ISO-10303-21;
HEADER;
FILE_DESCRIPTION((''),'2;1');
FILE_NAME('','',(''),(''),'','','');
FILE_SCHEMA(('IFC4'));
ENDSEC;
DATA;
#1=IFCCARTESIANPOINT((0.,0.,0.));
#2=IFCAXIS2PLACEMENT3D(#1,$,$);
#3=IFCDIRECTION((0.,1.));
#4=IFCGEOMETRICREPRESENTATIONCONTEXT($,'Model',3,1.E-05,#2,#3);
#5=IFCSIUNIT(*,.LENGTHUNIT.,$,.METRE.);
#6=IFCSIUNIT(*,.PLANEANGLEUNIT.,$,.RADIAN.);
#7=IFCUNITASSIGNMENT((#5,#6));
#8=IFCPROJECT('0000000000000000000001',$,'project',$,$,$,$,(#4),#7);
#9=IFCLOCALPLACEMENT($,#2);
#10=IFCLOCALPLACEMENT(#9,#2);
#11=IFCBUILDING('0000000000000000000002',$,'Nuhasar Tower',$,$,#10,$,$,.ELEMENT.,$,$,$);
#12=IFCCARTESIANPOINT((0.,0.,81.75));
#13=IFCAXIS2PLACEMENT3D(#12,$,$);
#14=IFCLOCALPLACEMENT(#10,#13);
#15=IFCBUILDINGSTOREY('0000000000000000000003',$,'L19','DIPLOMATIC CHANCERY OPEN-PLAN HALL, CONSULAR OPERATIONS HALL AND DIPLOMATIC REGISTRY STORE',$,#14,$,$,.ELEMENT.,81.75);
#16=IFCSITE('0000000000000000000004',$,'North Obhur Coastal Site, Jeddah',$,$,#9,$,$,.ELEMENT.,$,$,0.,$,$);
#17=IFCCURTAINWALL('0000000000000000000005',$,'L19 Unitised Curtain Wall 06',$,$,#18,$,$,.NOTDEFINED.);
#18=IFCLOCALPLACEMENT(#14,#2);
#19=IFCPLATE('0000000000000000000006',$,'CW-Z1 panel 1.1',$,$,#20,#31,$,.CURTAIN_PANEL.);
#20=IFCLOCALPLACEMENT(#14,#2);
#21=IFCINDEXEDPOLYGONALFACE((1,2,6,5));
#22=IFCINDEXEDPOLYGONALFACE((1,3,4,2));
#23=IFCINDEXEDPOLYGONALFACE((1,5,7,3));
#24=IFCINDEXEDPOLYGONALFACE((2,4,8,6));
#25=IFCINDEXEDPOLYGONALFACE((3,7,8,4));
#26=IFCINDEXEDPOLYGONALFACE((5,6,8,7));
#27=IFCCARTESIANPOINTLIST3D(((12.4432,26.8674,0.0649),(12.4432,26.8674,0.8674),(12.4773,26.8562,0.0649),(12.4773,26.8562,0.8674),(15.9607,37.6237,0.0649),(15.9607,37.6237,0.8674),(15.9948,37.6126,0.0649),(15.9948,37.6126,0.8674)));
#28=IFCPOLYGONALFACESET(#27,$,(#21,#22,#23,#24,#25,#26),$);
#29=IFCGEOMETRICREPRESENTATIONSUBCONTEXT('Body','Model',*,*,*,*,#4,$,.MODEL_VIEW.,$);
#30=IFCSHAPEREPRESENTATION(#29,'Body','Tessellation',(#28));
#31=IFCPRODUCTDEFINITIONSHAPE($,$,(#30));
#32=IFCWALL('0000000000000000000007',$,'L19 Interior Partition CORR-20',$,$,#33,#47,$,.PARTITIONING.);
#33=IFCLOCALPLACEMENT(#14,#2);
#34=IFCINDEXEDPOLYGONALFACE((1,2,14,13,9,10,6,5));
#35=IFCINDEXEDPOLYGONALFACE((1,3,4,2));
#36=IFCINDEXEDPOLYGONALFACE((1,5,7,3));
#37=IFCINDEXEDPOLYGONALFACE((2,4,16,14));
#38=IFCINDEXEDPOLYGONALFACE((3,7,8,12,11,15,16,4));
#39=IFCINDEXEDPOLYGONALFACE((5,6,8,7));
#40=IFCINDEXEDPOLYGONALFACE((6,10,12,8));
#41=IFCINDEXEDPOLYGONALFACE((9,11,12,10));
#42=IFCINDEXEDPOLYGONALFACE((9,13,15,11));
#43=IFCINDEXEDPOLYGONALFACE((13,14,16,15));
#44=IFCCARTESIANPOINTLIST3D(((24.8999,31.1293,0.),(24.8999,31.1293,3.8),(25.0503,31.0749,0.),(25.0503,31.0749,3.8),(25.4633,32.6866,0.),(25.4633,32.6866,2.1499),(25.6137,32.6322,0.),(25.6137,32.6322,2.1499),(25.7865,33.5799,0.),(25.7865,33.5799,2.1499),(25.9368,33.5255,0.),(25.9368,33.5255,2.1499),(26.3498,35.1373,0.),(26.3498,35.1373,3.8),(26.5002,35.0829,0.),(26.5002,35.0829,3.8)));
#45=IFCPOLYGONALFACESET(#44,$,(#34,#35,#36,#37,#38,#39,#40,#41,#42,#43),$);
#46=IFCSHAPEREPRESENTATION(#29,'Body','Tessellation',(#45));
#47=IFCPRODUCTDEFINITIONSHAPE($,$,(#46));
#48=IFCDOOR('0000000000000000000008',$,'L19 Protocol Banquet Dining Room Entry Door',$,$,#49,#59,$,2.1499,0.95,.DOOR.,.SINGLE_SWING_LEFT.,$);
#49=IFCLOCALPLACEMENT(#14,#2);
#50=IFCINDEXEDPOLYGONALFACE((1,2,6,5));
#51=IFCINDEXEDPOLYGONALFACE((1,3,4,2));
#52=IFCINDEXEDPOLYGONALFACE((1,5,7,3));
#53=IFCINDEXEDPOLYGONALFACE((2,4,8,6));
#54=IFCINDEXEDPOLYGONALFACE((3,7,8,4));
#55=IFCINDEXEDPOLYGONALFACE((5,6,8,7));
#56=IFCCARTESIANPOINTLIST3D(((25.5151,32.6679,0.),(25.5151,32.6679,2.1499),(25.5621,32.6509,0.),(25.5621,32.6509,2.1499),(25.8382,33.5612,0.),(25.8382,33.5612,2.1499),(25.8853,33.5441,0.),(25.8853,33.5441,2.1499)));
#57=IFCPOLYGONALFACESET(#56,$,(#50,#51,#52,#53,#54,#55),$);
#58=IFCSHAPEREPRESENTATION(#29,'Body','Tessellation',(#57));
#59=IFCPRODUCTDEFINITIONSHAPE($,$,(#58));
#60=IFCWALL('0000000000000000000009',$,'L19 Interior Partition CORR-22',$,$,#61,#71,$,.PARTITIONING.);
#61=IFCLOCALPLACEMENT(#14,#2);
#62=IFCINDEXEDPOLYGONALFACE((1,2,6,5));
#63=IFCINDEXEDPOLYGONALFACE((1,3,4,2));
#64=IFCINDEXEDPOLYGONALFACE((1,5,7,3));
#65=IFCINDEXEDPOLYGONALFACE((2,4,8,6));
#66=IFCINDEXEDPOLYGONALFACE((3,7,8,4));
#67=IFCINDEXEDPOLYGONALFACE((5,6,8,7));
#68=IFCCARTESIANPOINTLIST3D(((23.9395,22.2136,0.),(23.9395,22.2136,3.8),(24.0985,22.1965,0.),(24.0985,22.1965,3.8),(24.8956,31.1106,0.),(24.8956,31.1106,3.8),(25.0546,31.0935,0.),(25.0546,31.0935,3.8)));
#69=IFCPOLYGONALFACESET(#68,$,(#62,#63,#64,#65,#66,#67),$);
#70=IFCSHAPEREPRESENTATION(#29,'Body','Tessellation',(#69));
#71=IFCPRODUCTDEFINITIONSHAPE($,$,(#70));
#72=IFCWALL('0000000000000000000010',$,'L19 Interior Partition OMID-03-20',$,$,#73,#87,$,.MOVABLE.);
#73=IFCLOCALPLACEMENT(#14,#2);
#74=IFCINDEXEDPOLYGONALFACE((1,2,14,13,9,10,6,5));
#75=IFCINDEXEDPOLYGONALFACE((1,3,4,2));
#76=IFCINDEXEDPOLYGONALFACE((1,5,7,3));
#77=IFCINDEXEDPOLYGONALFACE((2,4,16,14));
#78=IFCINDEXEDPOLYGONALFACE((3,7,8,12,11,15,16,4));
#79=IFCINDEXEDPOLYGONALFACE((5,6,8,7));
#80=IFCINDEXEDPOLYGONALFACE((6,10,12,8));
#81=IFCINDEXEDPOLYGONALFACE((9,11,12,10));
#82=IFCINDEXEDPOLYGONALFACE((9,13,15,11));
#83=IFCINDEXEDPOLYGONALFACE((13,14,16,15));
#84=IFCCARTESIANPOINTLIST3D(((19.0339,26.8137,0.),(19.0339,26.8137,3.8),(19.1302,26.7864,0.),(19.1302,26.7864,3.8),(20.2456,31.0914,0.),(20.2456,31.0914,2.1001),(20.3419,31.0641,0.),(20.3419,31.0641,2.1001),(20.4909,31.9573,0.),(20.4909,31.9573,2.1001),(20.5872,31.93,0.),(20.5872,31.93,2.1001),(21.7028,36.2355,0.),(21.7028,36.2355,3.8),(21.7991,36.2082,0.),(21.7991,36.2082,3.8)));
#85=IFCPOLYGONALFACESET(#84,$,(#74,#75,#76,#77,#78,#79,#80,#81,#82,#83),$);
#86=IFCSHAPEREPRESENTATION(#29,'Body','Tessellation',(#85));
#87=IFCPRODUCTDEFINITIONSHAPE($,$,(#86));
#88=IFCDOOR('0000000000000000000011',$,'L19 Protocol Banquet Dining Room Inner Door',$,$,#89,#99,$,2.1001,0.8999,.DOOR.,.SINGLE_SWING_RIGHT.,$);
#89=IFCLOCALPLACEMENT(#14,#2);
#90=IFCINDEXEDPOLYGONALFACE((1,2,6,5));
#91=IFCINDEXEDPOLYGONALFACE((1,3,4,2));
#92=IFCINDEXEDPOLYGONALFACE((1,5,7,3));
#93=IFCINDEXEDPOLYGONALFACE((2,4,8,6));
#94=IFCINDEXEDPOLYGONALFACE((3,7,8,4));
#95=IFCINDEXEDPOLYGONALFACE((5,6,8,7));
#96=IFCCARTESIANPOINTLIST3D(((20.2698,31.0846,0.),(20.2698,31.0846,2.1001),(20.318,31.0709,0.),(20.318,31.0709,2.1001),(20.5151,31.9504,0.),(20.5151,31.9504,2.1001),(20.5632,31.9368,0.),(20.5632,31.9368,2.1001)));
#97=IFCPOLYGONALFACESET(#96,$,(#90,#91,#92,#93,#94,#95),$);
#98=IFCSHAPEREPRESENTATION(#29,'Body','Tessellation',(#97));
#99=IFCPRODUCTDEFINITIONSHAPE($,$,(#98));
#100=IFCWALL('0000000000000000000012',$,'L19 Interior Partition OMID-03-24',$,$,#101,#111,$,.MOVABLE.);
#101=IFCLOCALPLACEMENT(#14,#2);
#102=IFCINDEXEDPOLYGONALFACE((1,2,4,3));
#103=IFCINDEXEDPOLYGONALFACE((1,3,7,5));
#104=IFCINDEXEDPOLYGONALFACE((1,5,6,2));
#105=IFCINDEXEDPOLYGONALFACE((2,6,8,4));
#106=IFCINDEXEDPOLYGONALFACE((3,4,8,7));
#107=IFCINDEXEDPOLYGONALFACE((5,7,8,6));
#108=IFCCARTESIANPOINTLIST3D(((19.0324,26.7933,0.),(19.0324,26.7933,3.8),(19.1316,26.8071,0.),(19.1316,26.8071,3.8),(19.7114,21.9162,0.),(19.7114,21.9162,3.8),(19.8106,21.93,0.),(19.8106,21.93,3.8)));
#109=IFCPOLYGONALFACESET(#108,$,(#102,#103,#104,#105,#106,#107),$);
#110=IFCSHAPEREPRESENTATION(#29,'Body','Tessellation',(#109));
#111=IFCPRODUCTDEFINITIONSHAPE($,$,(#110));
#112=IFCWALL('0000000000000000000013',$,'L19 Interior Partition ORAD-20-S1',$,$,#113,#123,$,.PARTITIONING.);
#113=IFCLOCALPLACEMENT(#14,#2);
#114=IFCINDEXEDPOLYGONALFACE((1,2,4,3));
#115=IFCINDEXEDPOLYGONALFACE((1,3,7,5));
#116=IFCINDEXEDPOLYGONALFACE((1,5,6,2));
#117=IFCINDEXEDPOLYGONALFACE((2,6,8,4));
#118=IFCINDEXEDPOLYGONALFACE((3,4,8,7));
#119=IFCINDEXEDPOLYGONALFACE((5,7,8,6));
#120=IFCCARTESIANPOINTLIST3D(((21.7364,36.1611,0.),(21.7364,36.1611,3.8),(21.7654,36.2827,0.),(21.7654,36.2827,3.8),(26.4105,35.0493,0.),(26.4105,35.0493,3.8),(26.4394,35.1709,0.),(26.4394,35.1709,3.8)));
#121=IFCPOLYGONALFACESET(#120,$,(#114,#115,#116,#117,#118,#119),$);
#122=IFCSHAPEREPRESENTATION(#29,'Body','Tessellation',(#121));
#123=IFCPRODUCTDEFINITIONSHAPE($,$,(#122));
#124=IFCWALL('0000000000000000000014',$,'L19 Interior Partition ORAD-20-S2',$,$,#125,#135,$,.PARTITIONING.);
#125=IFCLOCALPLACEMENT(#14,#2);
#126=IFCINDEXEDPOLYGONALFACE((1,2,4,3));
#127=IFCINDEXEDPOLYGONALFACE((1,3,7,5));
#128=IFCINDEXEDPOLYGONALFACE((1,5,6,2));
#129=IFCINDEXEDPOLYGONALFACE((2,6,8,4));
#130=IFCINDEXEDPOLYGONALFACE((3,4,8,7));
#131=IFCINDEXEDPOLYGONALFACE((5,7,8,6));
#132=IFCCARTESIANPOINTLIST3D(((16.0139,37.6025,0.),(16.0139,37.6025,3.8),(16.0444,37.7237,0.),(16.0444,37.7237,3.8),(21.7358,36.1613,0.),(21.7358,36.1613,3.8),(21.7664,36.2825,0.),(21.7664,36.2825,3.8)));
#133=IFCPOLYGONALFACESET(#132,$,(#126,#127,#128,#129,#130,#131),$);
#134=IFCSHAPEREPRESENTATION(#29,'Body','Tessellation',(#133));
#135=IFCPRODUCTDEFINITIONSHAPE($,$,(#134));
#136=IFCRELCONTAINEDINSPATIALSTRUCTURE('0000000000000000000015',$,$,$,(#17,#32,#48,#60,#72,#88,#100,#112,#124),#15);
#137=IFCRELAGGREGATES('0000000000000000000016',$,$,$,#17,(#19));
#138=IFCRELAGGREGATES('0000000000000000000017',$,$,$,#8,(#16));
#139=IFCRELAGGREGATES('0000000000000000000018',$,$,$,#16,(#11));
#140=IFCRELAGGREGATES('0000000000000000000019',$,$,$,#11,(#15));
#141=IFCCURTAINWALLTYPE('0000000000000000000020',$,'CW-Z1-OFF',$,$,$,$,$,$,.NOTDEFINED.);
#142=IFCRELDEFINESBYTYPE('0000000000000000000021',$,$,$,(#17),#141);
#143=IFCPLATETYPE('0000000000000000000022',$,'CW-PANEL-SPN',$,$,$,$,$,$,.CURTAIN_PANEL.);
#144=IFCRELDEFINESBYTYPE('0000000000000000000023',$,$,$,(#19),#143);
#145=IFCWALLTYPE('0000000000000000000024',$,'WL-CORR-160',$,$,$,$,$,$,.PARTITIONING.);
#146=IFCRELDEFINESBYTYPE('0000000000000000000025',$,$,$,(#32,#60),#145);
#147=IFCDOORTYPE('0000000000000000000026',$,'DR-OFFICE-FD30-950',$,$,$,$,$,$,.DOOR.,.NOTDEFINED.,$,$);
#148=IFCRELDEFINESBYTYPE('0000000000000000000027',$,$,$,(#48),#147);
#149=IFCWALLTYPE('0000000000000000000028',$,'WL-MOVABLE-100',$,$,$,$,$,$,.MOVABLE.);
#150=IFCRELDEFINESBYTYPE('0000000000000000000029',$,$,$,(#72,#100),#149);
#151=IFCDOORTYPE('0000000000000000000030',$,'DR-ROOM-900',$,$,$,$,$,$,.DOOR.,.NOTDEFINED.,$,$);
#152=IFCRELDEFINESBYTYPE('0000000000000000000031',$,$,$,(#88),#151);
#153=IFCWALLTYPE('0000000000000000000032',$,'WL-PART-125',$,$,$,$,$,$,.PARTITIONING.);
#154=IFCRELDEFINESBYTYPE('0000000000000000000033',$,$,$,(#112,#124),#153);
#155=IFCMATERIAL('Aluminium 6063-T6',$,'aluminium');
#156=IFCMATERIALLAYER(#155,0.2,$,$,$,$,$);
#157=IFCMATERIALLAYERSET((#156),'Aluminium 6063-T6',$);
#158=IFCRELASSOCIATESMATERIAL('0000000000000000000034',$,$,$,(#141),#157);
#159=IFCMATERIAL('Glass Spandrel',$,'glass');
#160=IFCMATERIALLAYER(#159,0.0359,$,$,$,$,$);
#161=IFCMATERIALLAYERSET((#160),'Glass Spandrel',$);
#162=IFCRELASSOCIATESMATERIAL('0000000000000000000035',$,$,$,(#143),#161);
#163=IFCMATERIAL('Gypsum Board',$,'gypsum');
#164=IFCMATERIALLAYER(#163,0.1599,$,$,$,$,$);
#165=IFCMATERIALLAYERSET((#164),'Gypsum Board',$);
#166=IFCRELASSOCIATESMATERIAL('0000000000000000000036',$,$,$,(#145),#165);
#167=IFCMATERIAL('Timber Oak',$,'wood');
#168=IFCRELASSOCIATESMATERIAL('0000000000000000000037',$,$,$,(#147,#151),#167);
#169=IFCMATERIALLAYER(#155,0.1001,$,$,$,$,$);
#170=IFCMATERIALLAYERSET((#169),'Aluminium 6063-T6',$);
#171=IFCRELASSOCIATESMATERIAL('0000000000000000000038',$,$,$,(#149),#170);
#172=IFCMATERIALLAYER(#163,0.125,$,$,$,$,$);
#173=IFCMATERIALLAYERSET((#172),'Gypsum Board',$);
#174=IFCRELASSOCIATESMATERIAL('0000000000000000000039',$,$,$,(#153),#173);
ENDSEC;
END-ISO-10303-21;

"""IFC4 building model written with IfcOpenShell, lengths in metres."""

from ifc_helpers import new_model, si_unit, direction, frame, frame_2d, origin, origin_2d, place, context, subcontext, project, spatial, rectangle, extrude, material, layer, layer_set, type_object, element, fill, aggregate, save


model = new_model("IFC4")

# Units and contexts
model_context = context("Model", 3, precision=1e-05, world=origin(), true_north=direction((0.0, 1.0)))
body_context = subcontext(model_context, "Body", "Model", "MODEL_VIEW")
ifc_project = project(units=[si_unit("LENGTHUNIT", "METRE"), si_unit("PLANEANGLEUNIT", "RADIAN")], contexts=[model_context])

# Site, building, storey
site_placement = place(None, origin())
site = spatial("IfcSite", under=ifc_project, at=site_placement, Name="North Obhur Coastal Site, Jeddah", CompositionType="ELEMENT", RefElevation=0.0)
building_placement = place(site_placement, origin())
building = spatial("IfcBuilding", under=site, at=building_placement, Name="Nuhasar Tower", CompositionType="ELEMENT")
storey_placement = place(building_placement, frame((0.0, 0.0, 81.75)))
storey = spatial("IfcBuildingStorey", under=building, at=storey_placement, Name="L19", Description="DIPLOMATIC CHANCERY OPEN-PLAN HALL, CONSULAR OPERATIONS HALL AND DIPLOMATIC REGISTRY STORE", CompositionType="ELEMENT", Elevation=81.75)

# Curtain wall
ifc_material_1 = material(Name="Aluminium 6063-T6", Category="aluminium")
ifc_layer_1 = layer(ifc_material_1, 0.2)
ifc_layer_set_1 = layer_set([ifc_layer_1], Name="Aluminium 6063-T6")
curtain_wall_type = type_object("IfcCurtainWallType", Name="CW-Z1-OFF", PredefinedType="NOTDEFINED", material=ifc_layer_set_1)
curtain_wall_placement = place(storey_placement, origin())
curtain_wall = element("IfcCurtainWall", 1, at=curtain_wall_placement, inside=storey, type_object=curtain_wall_type, Name="L19 Unitised Curtain Wall 06", PredefinedType="NOTDEFINED")

# Plate
ifc_material_2 = material(Name="Glass Spandrel", Category="glass")
ifc_layer_2 = layer(ifc_material_2, 0.0359)
ifc_layer_set_2 = layer_set([ifc_layer_2], Name="Glass Spandrel")
plate_type_1 = type_object("IfcPlateType", Name="CW-PANEL-SPN", PredefinedType="CURTAIN_PANEL", material=ifc_layer_set_2)
plate_1_placement = place(storey_placement, frame((14.219, 32.24, 0.0649), z_axis=(0.0, 0.0, 1.0), x_axis=(-0.310824, -0.950468, 0.0)))
plate_1 = element("IfcPlate", 2, at=plate_1_placement, type_object=plate_type_1, Name="CW-Z1 panel 1.1", PredefinedType="CURTAIN_PANEL", context=body_context, shape_type="SweptSolid", body=[
    extrude(rectangle(XDim=11.3169, YDim=0.0359, at=origin_2d()), origin(), (0.0, 0.0, 1.0), 0.8025),
])
aggregate(curtain_wall, [plate_1])

# Wall, opening, door
ifc_material_3 = material(Name="Gypsum Board", Category="gypsum")
ifc_layer_3 = layer(ifc_material_3, 0.1599)
ifc_layer_set_3 = layer_set([ifc_layer_3], Name="Gypsum Board")
wall_type_1 = type_object("IfcWallType", Name="WL-CORR-160", PredefinedType="PARTITIONING", material=ifc_layer_set_3)
wall_1_placement = place(storey_placement, frame((24.9751, 31.1021, 0.0), z_axis=(0.0, 0.0, 1.0), x_axis=(0.340184, 0.940359, 0.0)))
wall_1 = element("IfcWall", 3, at=wall_1_placement, inside=storey, type_object=wall_type_1, Name="L19 Interior Partition CORR-20", PredefinedType="PARTITIONING", context=body_context, shape_type="SweptSolid", body=[
    extrude(rectangle(XDim=4.2622, YDim=0.1599, at=frame_2d((2.1311, 0.0))), origin(), (0.0, 0.0, 1.0), 3.8),
])
opening_1_placement = place(wall_1_placement, frame((1.656, 0.0, 0.0)))
opening_1 = element("IfcOpeningElement", 4, at=opening_1_placement, cuts=wall_1, PredefinedType="OPENING", context=body_context, shape_type="SweptSolid", body=[
    extrude(rectangle(XDim=0.95, YDim=2.1499, at=frame_2d((0.4751, 1.075))), frame((0.0, 0.0898, 0.0), z_axis=(0.0, -1.0, 0.0), x_axis=(1.0, 0.0, 0.0)), (0.0, 0.0, 1.0), 0.1799),
])
ifc_material_4 = material(Name="Timber Oak", Category="wood")
door_type_1 = type_object("IfcDoorType", Name="DR-OFFICE-FD30-950", OperationType="NOTDEFINED", PredefinedType="DOOR", material=ifc_material_4)
door_1_placement = place(opening_1_placement, origin())
door_1 = element("IfcDoor", 5, at=door_1_placement, inside=storey, type_object=door_type_1, Name="L19 Protocol Banquet Dining Room Entry Door", OperationType="SINGLE_SWING_LEFT", OverallHeight=2.1499, OverallWidth=0.95, PredefinedType="DOOR", context=body_context, shape_type="SweptSolid", body=[
    extrude(rectangle(XDim=0.95, YDim=2.1499, at=frame_2d((0.4751, 1.075))), frame((0.0, 0.0249, 0.0), z_axis=(0.0, -1.0, 0.0), x_axis=(1.0, 0.0, 0.0)), (0.0, 0.0, 1.0), 0.05),
])
fill(opening_1, door_1)

# Wall
wall_2_placement = place(storey_placement, frame((24.9751, 31.1021, 0.0), z_axis=(0.0, 0.0, 1.0), x_axis=(-0.106843, -0.994276, 0.0)))
element("IfcWall", 6, at=wall_2_placement, inside=storey, type_object=wall_type_1, Name="L19 Interior Partition CORR-22", PredefinedType="PARTITIONING", context=body_context, shape_type="SweptSolid", body=[
    extrude(rectangle(XDim=8.9482, YDim=0.1599, at=frame_2d((4.4741, 0.0))), origin(), (0.0, 0.0, 1.0), 3.8),
])

# Wall, opening, door
ifc_layer_4 = layer(ifc_material_1, 0.1001)
ifc_layer_set_4 = layer_set([ifc_layer_4], Name="Aluminium 6063-T6")
wall_type_2 = type_object("IfcWallType", Name="WL-MOVABLE-100", PredefinedType="MOVABLE", material=ifc_layer_set_4)
wall_3_placement = place(storey_placement, frame((19.082, 26.8, 0.0), z_axis=(0.0, 0.0, 1.0), x_axis=(0.272547, 0.962142, 0.0)))
wall_3 = element("IfcWall", 7, at=wall_3_placement, inside=storey, type_object=wall_type_2, Name="L19 Interior Partition OMID-03-20", PredefinedType="MOVABLE", context=body_context, shape_type="SweptSolid", body=[
    extrude(rectangle(XDim=9.7925, YDim=0.1001, at=frame_2d((4.8962, 0.0))), origin(), (0.0, 0.0, 1.0), 3.8),
])
opening_2_placement = place(wall_3_placement, frame((4.446, 0.0, 0.0)))
opening_2 = element("IfcOpeningElement", 8, at=opening_2_placement, cuts=wall_3, PredefinedType="OPENING", context=body_context, shape_type="SweptSolid", body=[
    extrude(rectangle(XDim=0.8999, YDim=2.1001, at=frame_2d((0.45, 1.05))), frame((0.0, 0.0601, 0.0), z_axis=(0.0, -1.0, 0.0), x_axis=(1.0, 0.0, 0.0)), (0.0, 0.0, 1.0), 0.1201),
])
door_type_2 = type_object("IfcDoorType", Name="DR-ROOM-900", OperationType="NOTDEFINED", PredefinedType="DOOR", material=ifc_material_4)
door_2_placement = place(opening_2_placement, origin())
door_2 = element("IfcDoor", 9, at=door_2_placement, inside=storey, type_object=door_type_2, Name="L19 Protocol Banquet Dining Room Inner Door", OperationType="SINGLE_SWING_RIGHT", OverallHeight=2.1001, OverallWidth=0.8999, PredefinedType="DOOR", context=body_context, shape_type="SweptSolid", body=[
    extrude(rectangle(XDim=0.8999, YDim=2.1001, at=frame_2d((0.45, 1.05))), frame((0.0, 0.0249, 0.0), z_axis=(0.0, -1.0, 0.0), x_axis=(1.0, 0.0, 0.0)), (0.0, 0.0, 1.0), 0.05),
])
fill(opening_2, door_2)

# Walls
wall_4_placement = place(storey_placement, frame((19.082, 26.8, 0.0), z_axis=(0.0, 0.0, 1.0), x_axis=(0.137887, -0.990448, 0.0)))
element("IfcWall", 10, at=wall_4_placement, inside=storey, type_object=wall_type_2, Name="L19 Interior Partition OMID-03-24", PredefinedType="MOVABLE", context=body_context, shape_type="SweptSolid", body=[
    extrude(rectangle(XDim=4.9241, YDim=0.1001, at=frame_2d((2.4619, 0.0))), origin(), (0.0, 0.0, 1.0), 3.8),
])
ifc_layer_5 = layer(ifc_material_3, 0.125)
ifc_layer_set_5 = layer_set([ifc_layer_5], Name="Gypsum Board")
wall_type_3 = type_object("IfcWallType", Name="WL-PART-125", PredefinedType="PARTITIONING", material=ifc_layer_set_5)
wall_5_placement = place(storey_placement, frame((26.425, 35.1101, 0.0), z_axis=(0.0, 0.0, 1.0), x_axis=(-0.972856, 0.231412, 0.0)))
element("IfcWall", 11, at=wall_5_placement, inside=storey, type_object=wall_type_3, Name="L19 Interior Partition ORAD-20-S1", PredefinedType="PARTITIONING", context=body_context, shape_type="SweptSolid", body=[
    extrude(rectangle(XDim=4.8044, YDim=0.125, at=frame_2d((2.4023, 0.0))), origin(), (0.0, 0.0, 1.0), 3.8),
])
wall_6_placement = place(storey_placement, frame((21.751, 36.2219, 0.0), z_axis=(0.0, 0.0, 1.0), x_axis=(-0.969715, 0.244239, 0.0)))
element("IfcWall", 12, at=wall_6_placement, inside=storey, type_object=wall_type_3, Name="L19 Interior Partition ORAD-20-S2", PredefinedType="PARTITIONING", context=body_context, shape_type="SweptSolid", body=[
    extrude(rectangle(XDim=5.9006, YDim=0.125, at=frame_2d((2.9502, 0.0))), origin(), (0.0, 0.0, 1.0), 3.8),
])

save(model, "model.ifc")
